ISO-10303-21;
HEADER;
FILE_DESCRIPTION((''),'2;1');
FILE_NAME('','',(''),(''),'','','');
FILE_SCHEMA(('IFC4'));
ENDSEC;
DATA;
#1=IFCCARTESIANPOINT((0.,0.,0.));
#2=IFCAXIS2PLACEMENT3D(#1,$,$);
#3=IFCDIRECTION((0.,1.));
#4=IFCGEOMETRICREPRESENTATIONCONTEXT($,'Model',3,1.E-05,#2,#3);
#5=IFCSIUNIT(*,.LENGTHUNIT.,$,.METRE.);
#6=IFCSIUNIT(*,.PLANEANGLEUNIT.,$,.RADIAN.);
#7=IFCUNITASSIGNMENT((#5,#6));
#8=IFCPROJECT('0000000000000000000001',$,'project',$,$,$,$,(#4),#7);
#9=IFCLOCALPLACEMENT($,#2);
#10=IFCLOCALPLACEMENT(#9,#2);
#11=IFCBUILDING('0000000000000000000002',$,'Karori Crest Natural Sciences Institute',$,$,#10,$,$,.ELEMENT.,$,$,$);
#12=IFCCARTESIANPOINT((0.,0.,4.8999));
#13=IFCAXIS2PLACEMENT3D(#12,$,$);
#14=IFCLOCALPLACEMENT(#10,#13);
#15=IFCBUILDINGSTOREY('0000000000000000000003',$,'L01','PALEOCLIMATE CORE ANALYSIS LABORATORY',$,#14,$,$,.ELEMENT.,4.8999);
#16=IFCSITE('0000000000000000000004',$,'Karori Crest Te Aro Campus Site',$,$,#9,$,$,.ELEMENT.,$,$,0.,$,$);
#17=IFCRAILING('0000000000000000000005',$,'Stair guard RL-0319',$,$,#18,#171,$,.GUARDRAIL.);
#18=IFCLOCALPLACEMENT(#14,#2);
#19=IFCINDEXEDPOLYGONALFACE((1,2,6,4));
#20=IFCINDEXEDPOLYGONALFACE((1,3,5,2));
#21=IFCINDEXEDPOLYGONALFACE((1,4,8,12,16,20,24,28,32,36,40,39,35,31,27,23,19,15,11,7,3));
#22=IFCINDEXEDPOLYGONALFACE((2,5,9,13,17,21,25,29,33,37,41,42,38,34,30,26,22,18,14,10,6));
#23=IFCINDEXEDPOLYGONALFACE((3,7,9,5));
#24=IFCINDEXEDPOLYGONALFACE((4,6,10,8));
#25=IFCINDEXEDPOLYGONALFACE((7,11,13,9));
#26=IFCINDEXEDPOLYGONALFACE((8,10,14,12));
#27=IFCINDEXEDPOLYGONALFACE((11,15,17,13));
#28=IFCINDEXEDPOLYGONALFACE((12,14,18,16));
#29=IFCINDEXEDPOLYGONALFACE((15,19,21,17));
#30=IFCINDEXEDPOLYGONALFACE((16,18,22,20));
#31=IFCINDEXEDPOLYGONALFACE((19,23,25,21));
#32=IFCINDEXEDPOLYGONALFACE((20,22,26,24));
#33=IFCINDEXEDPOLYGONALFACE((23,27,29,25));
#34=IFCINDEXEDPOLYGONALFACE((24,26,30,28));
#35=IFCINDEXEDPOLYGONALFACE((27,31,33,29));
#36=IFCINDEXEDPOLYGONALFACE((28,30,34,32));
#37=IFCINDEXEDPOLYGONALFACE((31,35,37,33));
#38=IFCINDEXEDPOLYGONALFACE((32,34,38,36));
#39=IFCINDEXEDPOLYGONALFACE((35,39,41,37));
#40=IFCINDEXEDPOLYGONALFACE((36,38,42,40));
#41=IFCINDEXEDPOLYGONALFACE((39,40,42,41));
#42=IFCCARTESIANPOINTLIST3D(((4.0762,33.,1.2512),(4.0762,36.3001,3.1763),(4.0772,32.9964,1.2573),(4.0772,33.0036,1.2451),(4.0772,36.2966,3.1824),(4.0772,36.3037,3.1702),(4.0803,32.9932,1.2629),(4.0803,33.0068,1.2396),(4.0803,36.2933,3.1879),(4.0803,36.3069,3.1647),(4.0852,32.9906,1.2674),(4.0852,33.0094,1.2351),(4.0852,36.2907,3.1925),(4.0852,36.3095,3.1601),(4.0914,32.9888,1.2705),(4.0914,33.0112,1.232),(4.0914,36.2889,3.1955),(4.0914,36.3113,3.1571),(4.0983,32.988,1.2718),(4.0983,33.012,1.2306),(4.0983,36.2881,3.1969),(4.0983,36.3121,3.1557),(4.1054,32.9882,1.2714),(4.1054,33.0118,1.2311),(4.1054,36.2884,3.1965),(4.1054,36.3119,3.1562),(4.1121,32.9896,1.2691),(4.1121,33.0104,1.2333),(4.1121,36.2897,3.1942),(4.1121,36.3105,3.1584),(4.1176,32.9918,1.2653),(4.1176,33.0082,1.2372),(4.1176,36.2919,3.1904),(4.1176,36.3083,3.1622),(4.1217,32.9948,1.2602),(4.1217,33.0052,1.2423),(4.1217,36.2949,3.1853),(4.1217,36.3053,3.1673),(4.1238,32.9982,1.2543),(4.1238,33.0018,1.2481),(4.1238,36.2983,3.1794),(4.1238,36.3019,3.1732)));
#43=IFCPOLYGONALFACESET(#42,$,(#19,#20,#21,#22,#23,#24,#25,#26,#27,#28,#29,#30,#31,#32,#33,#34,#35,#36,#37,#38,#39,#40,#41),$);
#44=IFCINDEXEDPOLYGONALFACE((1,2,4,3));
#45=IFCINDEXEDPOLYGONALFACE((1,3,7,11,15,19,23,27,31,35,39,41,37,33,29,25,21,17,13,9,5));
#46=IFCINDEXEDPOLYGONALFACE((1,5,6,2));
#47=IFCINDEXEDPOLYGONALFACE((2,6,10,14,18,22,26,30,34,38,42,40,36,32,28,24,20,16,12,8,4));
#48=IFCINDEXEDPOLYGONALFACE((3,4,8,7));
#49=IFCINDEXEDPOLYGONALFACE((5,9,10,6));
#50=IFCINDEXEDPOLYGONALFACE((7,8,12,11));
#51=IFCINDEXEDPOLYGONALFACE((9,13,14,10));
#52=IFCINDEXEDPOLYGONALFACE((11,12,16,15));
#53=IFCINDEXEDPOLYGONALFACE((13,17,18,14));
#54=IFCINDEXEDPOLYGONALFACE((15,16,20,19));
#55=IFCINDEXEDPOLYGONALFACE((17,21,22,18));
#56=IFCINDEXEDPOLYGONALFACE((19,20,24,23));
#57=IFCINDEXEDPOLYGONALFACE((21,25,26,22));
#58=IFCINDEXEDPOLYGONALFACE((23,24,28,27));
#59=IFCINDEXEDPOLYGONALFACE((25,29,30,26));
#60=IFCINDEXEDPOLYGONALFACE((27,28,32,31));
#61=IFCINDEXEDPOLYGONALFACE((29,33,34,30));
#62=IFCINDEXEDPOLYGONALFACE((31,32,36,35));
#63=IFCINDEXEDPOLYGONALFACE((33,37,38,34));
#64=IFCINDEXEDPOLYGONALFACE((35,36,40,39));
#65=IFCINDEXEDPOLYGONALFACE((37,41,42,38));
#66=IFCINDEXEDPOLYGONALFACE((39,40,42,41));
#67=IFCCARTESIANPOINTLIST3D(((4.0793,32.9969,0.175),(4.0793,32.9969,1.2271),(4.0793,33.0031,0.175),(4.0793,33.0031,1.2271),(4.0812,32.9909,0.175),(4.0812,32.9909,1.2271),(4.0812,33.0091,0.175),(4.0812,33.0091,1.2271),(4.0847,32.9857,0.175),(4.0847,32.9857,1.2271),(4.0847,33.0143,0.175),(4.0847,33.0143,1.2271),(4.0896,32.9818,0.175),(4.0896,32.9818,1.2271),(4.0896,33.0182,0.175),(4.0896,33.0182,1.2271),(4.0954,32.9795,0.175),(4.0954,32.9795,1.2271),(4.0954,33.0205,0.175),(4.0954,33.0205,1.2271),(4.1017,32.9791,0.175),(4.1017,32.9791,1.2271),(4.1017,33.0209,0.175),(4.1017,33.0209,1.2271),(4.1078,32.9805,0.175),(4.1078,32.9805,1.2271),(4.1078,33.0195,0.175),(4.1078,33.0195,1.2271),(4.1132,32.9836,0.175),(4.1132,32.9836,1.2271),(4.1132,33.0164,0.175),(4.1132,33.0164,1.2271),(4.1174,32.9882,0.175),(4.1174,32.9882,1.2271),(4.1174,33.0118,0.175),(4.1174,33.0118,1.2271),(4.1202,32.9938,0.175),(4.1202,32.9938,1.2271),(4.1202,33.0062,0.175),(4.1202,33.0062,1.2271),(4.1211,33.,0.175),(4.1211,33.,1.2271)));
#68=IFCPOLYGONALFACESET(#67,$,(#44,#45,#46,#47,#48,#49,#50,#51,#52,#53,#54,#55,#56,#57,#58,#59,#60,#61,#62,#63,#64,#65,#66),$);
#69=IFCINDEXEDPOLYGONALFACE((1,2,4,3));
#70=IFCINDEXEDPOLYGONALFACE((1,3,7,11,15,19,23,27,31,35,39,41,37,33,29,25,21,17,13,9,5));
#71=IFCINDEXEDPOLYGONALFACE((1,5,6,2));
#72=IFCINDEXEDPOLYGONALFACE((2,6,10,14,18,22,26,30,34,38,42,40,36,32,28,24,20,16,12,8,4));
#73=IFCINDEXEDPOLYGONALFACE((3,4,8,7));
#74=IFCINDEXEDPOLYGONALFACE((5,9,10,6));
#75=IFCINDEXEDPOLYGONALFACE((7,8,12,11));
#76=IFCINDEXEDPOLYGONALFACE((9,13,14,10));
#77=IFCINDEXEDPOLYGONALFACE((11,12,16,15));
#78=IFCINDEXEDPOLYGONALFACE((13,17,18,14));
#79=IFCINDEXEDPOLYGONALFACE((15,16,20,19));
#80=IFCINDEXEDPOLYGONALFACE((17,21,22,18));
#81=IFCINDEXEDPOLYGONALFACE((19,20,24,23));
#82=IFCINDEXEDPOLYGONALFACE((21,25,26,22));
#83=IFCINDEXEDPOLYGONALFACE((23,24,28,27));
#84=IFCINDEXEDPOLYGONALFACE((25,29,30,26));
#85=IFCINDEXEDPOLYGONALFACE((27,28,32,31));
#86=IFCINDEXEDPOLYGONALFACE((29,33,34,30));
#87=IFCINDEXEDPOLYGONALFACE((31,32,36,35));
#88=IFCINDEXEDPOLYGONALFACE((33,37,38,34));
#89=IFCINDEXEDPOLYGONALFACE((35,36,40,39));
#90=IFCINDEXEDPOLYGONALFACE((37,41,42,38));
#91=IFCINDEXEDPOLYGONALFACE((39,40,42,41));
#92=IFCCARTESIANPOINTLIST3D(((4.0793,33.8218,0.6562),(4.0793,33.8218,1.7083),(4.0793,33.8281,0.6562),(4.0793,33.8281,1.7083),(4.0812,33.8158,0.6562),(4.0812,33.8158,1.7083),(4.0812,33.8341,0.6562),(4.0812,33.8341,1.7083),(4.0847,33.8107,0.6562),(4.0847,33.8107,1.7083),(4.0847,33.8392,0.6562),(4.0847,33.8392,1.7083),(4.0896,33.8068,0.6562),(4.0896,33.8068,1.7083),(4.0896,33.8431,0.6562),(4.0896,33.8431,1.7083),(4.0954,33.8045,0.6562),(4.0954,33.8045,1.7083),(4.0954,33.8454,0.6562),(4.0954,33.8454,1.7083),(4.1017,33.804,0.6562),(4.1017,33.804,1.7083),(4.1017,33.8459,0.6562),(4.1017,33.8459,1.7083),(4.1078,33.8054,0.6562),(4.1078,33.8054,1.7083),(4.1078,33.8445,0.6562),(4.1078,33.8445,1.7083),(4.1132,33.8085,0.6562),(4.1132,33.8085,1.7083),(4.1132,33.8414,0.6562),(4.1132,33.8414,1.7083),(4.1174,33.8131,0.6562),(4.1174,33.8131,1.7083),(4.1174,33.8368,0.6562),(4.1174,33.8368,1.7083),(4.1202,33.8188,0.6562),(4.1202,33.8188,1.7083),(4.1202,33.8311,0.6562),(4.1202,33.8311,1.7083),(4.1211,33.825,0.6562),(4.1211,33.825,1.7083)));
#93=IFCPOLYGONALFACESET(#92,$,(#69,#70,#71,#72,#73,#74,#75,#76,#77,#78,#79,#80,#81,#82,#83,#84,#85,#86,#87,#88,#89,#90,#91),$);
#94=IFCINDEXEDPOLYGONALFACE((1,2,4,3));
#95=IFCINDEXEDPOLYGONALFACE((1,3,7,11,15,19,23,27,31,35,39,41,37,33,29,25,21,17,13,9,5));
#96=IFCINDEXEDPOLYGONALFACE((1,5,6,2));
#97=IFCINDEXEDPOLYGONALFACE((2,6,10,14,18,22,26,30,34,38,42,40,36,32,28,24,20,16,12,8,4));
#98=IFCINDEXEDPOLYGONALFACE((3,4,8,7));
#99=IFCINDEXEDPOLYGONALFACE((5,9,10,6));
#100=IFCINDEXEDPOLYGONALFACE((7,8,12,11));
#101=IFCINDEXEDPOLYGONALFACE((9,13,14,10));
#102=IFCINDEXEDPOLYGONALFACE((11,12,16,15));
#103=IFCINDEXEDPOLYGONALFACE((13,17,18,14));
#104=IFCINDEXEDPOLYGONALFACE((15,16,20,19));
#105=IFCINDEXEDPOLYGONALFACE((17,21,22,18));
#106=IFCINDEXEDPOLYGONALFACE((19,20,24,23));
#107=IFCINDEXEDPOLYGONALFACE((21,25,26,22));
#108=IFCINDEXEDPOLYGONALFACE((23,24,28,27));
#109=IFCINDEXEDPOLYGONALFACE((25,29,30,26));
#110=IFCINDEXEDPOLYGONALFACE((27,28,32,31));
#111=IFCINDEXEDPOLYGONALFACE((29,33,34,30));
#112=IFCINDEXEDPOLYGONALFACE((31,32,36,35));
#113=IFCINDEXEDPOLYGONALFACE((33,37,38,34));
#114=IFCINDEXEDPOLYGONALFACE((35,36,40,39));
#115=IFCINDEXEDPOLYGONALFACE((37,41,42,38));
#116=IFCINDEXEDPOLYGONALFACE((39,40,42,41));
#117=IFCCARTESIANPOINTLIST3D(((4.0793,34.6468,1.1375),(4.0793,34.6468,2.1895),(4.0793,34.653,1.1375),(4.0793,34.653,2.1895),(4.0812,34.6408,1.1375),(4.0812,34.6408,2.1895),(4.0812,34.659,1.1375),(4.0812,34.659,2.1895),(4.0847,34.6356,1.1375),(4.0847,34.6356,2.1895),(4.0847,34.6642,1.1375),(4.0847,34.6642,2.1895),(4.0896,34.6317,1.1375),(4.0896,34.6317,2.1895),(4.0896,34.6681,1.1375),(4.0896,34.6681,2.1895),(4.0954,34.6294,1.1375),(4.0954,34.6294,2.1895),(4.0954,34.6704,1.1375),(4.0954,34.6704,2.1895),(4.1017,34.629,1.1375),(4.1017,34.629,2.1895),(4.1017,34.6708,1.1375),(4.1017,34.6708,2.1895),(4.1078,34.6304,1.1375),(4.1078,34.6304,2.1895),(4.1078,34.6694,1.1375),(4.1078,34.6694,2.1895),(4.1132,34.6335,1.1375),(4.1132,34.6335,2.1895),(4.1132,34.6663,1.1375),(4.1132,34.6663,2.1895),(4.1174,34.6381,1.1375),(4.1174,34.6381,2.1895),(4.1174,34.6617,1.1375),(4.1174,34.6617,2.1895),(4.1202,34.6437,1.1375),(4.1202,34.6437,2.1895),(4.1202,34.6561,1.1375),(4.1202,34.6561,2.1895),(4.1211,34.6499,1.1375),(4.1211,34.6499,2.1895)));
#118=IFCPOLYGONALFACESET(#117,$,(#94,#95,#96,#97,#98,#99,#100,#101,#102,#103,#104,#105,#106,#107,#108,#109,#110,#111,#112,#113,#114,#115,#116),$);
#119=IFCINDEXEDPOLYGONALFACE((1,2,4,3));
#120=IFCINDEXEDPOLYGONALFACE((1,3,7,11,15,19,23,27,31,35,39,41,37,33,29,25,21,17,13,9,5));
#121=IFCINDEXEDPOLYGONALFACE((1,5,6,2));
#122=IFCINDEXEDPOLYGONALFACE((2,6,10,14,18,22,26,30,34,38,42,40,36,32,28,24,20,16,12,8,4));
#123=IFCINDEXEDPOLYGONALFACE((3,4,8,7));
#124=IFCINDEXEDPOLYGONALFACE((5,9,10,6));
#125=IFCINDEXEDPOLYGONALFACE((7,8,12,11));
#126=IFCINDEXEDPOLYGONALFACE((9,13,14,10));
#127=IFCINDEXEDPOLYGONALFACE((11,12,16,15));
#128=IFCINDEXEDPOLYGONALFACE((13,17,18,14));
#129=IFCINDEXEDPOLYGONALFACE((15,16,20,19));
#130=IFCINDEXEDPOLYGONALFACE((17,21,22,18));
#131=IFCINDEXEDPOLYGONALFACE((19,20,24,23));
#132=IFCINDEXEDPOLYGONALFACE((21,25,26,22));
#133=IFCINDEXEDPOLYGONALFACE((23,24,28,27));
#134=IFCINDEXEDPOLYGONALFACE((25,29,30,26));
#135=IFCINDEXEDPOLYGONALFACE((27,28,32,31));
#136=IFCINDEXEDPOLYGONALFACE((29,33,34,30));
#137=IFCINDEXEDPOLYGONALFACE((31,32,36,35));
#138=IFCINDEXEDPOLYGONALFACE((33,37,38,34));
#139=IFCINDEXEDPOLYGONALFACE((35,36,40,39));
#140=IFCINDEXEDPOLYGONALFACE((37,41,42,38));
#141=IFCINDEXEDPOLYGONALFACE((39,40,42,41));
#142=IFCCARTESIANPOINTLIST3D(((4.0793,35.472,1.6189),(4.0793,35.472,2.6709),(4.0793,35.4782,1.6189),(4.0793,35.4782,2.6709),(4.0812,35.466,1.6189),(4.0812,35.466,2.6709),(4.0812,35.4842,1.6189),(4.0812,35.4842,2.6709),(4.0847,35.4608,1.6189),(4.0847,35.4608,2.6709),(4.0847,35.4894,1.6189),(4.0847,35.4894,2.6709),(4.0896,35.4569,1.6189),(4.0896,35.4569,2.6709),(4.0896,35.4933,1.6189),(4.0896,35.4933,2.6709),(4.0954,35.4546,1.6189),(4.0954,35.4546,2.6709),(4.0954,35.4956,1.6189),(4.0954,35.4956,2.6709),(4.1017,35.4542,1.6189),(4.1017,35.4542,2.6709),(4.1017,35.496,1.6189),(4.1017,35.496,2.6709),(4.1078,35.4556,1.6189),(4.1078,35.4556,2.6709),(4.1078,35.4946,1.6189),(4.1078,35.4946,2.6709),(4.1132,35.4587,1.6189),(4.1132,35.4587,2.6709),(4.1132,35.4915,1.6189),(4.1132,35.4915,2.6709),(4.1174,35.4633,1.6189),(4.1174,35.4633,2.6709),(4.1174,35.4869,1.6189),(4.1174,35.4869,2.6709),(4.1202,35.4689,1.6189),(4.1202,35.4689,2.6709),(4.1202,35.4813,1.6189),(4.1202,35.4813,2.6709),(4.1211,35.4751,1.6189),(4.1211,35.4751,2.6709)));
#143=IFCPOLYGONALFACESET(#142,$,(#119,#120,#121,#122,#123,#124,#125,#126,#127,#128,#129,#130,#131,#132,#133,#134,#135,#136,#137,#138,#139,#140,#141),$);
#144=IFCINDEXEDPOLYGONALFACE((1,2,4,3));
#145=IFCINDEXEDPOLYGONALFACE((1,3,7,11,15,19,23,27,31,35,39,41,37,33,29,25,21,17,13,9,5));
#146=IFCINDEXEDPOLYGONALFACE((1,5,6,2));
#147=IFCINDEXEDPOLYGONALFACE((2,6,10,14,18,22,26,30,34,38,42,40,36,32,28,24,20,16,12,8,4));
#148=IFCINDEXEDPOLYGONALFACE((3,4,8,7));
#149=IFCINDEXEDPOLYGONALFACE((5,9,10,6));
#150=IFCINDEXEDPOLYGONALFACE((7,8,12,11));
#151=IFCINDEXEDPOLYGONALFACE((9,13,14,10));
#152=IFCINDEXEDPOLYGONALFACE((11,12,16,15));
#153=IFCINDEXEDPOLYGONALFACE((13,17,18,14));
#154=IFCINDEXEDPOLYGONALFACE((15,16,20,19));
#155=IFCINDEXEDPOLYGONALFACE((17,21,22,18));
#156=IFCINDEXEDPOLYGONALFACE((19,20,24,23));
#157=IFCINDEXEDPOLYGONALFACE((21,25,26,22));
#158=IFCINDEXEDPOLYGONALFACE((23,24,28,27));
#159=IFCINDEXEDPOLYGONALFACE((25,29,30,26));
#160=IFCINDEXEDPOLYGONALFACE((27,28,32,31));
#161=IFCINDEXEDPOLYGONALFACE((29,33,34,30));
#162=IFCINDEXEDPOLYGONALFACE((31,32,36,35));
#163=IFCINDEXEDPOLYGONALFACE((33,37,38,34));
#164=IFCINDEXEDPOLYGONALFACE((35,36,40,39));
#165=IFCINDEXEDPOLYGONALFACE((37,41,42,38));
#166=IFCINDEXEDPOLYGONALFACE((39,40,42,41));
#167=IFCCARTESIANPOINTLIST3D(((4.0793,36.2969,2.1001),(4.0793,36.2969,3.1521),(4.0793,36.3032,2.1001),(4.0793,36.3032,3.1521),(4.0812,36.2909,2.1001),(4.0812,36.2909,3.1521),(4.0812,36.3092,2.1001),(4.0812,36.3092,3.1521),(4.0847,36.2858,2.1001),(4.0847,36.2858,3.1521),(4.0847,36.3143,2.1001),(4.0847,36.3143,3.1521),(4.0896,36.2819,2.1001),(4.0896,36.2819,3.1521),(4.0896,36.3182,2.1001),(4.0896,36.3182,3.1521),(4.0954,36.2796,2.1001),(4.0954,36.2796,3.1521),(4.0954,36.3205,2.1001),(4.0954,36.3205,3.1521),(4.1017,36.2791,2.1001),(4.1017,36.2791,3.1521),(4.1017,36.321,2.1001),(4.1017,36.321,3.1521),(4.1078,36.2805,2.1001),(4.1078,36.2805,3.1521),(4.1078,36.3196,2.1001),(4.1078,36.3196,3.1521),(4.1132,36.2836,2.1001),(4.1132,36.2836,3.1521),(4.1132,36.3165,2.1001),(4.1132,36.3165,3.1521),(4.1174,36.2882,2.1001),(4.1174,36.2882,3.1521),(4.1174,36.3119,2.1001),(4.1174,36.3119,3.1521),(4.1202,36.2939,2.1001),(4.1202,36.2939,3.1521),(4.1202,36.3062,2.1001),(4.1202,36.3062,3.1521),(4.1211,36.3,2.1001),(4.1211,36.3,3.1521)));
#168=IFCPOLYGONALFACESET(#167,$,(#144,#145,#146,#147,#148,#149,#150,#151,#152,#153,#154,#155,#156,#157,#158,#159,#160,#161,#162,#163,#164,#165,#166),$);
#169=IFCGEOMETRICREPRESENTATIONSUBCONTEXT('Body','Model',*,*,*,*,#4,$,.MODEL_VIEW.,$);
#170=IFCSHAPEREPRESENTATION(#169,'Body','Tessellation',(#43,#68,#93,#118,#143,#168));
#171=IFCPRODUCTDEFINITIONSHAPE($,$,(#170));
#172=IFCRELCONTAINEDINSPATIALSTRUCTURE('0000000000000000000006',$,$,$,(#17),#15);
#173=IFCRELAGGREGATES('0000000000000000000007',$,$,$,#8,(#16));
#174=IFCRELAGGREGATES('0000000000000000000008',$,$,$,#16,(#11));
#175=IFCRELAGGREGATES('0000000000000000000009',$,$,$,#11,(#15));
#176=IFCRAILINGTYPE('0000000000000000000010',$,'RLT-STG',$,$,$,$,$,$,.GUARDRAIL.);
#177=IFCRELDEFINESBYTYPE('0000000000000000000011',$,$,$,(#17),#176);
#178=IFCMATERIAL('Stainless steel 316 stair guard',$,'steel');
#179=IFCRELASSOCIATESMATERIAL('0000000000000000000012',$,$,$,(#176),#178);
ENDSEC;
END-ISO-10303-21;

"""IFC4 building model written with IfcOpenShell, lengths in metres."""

from ifc_helpers import new_model, si_unit, direction, frame, origin, origin_2d, place, context, subcontext, project, spatial, circle, extrude, material, type_object, element, save


model = new_model("IFC4")

# Units and contexts
model_context = context("Model", 3, precision=1e-05, world=origin(), true_north=direction((0.0, 1.0)))
body_context = subcontext(model_context, "Body", "Model", "MODEL_VIEW")
ifc_project = project(units=[si_unit("LENGTHUNIT", "METRE"), si_unit("PLANEANGLEUNIT", "RADIAN")], contexts=[model_context])

# Site, building, storey
site_placement = place(None, origin())
site = spatial("IfcSite", under=ifc_project, at=site_placement, Name="Karori Crest Te Aro Campus Site", CompositionType="ELEMENT", RefElevation=0.0)
building_placement = place(site_placement, origin())
building = spatial("IfcBuilding", under=site, at=building_placement, Name="Karori Crest Natural Sciences Institute", CompositionType="ELEMENT")
storey_placement = place(building_placement, frame((0.0, 0.0, 4.8999)))
storey = spatial("IfcBuildingStorey", under=building, at=storey_placement, Name="L01", Description="PALEOCLIMATE CORE ANALYSIS LABORATORY", CompositionType="ELEMENT", Elevation=4.8999)

# Railing
ifc_material_1 = material(Name="Stainless steel 316 stair guard", Category="steel")
railing_type_1 = type_object("IfcRailingType", Name="RLT-STG", PredefinedType="GUARDRAIL", material=ifc_material_1)
railing_1_placement = place(storey_placement, frame((4.1001, 33.0, 0.175)))
element("IfcRailing", 1, at=railing_1_placement, inside=storey, type_object=railing_type_1, Name="Stair guard RL-0319", PredefinedType="GUARDRAIL", context=body_context, shape_type="SweptSolid", body=[
    extrude(circle(Radius=0.0239, at=origin_2d()), frame((0.0, 0.0, 1.0762), z_axis=(0.0, 0.863777, 0.503875), x_axis=(-1.0, 0.0, 0.0)), (0.0, 0.0, 1.0), 3.8206),
    extrude(circle(Radius=0.021, at=origin_2d()), origin(), (0.0, 0.0, 1.0), 1.052),
    extrude(circle(Radius=0.021, at=origin_2d()), frame((0.0, 0.825, 0.4812)), (0.0, 0.0, 1.0), 1.052),
    extrude(circle(Radius=0.021, at=origin_2d()), frame((0.0, 1.6499, 0.9624)), (0.0, 0.0, 1.0), 1.052),
    extrude(circle(Radius=0.021, at=origin_2d()), frame((0.0, 2.4751, 1.4438)), (0.0, 0.0, 1.0), 1.052),
    extrude(circle(Radius=0.021, at=origin_2d()), frame((0.0, 3.3, 1.925)), (0.0, 0.0, 1.0), 1.052),
])

save(model, "model.ifc")
